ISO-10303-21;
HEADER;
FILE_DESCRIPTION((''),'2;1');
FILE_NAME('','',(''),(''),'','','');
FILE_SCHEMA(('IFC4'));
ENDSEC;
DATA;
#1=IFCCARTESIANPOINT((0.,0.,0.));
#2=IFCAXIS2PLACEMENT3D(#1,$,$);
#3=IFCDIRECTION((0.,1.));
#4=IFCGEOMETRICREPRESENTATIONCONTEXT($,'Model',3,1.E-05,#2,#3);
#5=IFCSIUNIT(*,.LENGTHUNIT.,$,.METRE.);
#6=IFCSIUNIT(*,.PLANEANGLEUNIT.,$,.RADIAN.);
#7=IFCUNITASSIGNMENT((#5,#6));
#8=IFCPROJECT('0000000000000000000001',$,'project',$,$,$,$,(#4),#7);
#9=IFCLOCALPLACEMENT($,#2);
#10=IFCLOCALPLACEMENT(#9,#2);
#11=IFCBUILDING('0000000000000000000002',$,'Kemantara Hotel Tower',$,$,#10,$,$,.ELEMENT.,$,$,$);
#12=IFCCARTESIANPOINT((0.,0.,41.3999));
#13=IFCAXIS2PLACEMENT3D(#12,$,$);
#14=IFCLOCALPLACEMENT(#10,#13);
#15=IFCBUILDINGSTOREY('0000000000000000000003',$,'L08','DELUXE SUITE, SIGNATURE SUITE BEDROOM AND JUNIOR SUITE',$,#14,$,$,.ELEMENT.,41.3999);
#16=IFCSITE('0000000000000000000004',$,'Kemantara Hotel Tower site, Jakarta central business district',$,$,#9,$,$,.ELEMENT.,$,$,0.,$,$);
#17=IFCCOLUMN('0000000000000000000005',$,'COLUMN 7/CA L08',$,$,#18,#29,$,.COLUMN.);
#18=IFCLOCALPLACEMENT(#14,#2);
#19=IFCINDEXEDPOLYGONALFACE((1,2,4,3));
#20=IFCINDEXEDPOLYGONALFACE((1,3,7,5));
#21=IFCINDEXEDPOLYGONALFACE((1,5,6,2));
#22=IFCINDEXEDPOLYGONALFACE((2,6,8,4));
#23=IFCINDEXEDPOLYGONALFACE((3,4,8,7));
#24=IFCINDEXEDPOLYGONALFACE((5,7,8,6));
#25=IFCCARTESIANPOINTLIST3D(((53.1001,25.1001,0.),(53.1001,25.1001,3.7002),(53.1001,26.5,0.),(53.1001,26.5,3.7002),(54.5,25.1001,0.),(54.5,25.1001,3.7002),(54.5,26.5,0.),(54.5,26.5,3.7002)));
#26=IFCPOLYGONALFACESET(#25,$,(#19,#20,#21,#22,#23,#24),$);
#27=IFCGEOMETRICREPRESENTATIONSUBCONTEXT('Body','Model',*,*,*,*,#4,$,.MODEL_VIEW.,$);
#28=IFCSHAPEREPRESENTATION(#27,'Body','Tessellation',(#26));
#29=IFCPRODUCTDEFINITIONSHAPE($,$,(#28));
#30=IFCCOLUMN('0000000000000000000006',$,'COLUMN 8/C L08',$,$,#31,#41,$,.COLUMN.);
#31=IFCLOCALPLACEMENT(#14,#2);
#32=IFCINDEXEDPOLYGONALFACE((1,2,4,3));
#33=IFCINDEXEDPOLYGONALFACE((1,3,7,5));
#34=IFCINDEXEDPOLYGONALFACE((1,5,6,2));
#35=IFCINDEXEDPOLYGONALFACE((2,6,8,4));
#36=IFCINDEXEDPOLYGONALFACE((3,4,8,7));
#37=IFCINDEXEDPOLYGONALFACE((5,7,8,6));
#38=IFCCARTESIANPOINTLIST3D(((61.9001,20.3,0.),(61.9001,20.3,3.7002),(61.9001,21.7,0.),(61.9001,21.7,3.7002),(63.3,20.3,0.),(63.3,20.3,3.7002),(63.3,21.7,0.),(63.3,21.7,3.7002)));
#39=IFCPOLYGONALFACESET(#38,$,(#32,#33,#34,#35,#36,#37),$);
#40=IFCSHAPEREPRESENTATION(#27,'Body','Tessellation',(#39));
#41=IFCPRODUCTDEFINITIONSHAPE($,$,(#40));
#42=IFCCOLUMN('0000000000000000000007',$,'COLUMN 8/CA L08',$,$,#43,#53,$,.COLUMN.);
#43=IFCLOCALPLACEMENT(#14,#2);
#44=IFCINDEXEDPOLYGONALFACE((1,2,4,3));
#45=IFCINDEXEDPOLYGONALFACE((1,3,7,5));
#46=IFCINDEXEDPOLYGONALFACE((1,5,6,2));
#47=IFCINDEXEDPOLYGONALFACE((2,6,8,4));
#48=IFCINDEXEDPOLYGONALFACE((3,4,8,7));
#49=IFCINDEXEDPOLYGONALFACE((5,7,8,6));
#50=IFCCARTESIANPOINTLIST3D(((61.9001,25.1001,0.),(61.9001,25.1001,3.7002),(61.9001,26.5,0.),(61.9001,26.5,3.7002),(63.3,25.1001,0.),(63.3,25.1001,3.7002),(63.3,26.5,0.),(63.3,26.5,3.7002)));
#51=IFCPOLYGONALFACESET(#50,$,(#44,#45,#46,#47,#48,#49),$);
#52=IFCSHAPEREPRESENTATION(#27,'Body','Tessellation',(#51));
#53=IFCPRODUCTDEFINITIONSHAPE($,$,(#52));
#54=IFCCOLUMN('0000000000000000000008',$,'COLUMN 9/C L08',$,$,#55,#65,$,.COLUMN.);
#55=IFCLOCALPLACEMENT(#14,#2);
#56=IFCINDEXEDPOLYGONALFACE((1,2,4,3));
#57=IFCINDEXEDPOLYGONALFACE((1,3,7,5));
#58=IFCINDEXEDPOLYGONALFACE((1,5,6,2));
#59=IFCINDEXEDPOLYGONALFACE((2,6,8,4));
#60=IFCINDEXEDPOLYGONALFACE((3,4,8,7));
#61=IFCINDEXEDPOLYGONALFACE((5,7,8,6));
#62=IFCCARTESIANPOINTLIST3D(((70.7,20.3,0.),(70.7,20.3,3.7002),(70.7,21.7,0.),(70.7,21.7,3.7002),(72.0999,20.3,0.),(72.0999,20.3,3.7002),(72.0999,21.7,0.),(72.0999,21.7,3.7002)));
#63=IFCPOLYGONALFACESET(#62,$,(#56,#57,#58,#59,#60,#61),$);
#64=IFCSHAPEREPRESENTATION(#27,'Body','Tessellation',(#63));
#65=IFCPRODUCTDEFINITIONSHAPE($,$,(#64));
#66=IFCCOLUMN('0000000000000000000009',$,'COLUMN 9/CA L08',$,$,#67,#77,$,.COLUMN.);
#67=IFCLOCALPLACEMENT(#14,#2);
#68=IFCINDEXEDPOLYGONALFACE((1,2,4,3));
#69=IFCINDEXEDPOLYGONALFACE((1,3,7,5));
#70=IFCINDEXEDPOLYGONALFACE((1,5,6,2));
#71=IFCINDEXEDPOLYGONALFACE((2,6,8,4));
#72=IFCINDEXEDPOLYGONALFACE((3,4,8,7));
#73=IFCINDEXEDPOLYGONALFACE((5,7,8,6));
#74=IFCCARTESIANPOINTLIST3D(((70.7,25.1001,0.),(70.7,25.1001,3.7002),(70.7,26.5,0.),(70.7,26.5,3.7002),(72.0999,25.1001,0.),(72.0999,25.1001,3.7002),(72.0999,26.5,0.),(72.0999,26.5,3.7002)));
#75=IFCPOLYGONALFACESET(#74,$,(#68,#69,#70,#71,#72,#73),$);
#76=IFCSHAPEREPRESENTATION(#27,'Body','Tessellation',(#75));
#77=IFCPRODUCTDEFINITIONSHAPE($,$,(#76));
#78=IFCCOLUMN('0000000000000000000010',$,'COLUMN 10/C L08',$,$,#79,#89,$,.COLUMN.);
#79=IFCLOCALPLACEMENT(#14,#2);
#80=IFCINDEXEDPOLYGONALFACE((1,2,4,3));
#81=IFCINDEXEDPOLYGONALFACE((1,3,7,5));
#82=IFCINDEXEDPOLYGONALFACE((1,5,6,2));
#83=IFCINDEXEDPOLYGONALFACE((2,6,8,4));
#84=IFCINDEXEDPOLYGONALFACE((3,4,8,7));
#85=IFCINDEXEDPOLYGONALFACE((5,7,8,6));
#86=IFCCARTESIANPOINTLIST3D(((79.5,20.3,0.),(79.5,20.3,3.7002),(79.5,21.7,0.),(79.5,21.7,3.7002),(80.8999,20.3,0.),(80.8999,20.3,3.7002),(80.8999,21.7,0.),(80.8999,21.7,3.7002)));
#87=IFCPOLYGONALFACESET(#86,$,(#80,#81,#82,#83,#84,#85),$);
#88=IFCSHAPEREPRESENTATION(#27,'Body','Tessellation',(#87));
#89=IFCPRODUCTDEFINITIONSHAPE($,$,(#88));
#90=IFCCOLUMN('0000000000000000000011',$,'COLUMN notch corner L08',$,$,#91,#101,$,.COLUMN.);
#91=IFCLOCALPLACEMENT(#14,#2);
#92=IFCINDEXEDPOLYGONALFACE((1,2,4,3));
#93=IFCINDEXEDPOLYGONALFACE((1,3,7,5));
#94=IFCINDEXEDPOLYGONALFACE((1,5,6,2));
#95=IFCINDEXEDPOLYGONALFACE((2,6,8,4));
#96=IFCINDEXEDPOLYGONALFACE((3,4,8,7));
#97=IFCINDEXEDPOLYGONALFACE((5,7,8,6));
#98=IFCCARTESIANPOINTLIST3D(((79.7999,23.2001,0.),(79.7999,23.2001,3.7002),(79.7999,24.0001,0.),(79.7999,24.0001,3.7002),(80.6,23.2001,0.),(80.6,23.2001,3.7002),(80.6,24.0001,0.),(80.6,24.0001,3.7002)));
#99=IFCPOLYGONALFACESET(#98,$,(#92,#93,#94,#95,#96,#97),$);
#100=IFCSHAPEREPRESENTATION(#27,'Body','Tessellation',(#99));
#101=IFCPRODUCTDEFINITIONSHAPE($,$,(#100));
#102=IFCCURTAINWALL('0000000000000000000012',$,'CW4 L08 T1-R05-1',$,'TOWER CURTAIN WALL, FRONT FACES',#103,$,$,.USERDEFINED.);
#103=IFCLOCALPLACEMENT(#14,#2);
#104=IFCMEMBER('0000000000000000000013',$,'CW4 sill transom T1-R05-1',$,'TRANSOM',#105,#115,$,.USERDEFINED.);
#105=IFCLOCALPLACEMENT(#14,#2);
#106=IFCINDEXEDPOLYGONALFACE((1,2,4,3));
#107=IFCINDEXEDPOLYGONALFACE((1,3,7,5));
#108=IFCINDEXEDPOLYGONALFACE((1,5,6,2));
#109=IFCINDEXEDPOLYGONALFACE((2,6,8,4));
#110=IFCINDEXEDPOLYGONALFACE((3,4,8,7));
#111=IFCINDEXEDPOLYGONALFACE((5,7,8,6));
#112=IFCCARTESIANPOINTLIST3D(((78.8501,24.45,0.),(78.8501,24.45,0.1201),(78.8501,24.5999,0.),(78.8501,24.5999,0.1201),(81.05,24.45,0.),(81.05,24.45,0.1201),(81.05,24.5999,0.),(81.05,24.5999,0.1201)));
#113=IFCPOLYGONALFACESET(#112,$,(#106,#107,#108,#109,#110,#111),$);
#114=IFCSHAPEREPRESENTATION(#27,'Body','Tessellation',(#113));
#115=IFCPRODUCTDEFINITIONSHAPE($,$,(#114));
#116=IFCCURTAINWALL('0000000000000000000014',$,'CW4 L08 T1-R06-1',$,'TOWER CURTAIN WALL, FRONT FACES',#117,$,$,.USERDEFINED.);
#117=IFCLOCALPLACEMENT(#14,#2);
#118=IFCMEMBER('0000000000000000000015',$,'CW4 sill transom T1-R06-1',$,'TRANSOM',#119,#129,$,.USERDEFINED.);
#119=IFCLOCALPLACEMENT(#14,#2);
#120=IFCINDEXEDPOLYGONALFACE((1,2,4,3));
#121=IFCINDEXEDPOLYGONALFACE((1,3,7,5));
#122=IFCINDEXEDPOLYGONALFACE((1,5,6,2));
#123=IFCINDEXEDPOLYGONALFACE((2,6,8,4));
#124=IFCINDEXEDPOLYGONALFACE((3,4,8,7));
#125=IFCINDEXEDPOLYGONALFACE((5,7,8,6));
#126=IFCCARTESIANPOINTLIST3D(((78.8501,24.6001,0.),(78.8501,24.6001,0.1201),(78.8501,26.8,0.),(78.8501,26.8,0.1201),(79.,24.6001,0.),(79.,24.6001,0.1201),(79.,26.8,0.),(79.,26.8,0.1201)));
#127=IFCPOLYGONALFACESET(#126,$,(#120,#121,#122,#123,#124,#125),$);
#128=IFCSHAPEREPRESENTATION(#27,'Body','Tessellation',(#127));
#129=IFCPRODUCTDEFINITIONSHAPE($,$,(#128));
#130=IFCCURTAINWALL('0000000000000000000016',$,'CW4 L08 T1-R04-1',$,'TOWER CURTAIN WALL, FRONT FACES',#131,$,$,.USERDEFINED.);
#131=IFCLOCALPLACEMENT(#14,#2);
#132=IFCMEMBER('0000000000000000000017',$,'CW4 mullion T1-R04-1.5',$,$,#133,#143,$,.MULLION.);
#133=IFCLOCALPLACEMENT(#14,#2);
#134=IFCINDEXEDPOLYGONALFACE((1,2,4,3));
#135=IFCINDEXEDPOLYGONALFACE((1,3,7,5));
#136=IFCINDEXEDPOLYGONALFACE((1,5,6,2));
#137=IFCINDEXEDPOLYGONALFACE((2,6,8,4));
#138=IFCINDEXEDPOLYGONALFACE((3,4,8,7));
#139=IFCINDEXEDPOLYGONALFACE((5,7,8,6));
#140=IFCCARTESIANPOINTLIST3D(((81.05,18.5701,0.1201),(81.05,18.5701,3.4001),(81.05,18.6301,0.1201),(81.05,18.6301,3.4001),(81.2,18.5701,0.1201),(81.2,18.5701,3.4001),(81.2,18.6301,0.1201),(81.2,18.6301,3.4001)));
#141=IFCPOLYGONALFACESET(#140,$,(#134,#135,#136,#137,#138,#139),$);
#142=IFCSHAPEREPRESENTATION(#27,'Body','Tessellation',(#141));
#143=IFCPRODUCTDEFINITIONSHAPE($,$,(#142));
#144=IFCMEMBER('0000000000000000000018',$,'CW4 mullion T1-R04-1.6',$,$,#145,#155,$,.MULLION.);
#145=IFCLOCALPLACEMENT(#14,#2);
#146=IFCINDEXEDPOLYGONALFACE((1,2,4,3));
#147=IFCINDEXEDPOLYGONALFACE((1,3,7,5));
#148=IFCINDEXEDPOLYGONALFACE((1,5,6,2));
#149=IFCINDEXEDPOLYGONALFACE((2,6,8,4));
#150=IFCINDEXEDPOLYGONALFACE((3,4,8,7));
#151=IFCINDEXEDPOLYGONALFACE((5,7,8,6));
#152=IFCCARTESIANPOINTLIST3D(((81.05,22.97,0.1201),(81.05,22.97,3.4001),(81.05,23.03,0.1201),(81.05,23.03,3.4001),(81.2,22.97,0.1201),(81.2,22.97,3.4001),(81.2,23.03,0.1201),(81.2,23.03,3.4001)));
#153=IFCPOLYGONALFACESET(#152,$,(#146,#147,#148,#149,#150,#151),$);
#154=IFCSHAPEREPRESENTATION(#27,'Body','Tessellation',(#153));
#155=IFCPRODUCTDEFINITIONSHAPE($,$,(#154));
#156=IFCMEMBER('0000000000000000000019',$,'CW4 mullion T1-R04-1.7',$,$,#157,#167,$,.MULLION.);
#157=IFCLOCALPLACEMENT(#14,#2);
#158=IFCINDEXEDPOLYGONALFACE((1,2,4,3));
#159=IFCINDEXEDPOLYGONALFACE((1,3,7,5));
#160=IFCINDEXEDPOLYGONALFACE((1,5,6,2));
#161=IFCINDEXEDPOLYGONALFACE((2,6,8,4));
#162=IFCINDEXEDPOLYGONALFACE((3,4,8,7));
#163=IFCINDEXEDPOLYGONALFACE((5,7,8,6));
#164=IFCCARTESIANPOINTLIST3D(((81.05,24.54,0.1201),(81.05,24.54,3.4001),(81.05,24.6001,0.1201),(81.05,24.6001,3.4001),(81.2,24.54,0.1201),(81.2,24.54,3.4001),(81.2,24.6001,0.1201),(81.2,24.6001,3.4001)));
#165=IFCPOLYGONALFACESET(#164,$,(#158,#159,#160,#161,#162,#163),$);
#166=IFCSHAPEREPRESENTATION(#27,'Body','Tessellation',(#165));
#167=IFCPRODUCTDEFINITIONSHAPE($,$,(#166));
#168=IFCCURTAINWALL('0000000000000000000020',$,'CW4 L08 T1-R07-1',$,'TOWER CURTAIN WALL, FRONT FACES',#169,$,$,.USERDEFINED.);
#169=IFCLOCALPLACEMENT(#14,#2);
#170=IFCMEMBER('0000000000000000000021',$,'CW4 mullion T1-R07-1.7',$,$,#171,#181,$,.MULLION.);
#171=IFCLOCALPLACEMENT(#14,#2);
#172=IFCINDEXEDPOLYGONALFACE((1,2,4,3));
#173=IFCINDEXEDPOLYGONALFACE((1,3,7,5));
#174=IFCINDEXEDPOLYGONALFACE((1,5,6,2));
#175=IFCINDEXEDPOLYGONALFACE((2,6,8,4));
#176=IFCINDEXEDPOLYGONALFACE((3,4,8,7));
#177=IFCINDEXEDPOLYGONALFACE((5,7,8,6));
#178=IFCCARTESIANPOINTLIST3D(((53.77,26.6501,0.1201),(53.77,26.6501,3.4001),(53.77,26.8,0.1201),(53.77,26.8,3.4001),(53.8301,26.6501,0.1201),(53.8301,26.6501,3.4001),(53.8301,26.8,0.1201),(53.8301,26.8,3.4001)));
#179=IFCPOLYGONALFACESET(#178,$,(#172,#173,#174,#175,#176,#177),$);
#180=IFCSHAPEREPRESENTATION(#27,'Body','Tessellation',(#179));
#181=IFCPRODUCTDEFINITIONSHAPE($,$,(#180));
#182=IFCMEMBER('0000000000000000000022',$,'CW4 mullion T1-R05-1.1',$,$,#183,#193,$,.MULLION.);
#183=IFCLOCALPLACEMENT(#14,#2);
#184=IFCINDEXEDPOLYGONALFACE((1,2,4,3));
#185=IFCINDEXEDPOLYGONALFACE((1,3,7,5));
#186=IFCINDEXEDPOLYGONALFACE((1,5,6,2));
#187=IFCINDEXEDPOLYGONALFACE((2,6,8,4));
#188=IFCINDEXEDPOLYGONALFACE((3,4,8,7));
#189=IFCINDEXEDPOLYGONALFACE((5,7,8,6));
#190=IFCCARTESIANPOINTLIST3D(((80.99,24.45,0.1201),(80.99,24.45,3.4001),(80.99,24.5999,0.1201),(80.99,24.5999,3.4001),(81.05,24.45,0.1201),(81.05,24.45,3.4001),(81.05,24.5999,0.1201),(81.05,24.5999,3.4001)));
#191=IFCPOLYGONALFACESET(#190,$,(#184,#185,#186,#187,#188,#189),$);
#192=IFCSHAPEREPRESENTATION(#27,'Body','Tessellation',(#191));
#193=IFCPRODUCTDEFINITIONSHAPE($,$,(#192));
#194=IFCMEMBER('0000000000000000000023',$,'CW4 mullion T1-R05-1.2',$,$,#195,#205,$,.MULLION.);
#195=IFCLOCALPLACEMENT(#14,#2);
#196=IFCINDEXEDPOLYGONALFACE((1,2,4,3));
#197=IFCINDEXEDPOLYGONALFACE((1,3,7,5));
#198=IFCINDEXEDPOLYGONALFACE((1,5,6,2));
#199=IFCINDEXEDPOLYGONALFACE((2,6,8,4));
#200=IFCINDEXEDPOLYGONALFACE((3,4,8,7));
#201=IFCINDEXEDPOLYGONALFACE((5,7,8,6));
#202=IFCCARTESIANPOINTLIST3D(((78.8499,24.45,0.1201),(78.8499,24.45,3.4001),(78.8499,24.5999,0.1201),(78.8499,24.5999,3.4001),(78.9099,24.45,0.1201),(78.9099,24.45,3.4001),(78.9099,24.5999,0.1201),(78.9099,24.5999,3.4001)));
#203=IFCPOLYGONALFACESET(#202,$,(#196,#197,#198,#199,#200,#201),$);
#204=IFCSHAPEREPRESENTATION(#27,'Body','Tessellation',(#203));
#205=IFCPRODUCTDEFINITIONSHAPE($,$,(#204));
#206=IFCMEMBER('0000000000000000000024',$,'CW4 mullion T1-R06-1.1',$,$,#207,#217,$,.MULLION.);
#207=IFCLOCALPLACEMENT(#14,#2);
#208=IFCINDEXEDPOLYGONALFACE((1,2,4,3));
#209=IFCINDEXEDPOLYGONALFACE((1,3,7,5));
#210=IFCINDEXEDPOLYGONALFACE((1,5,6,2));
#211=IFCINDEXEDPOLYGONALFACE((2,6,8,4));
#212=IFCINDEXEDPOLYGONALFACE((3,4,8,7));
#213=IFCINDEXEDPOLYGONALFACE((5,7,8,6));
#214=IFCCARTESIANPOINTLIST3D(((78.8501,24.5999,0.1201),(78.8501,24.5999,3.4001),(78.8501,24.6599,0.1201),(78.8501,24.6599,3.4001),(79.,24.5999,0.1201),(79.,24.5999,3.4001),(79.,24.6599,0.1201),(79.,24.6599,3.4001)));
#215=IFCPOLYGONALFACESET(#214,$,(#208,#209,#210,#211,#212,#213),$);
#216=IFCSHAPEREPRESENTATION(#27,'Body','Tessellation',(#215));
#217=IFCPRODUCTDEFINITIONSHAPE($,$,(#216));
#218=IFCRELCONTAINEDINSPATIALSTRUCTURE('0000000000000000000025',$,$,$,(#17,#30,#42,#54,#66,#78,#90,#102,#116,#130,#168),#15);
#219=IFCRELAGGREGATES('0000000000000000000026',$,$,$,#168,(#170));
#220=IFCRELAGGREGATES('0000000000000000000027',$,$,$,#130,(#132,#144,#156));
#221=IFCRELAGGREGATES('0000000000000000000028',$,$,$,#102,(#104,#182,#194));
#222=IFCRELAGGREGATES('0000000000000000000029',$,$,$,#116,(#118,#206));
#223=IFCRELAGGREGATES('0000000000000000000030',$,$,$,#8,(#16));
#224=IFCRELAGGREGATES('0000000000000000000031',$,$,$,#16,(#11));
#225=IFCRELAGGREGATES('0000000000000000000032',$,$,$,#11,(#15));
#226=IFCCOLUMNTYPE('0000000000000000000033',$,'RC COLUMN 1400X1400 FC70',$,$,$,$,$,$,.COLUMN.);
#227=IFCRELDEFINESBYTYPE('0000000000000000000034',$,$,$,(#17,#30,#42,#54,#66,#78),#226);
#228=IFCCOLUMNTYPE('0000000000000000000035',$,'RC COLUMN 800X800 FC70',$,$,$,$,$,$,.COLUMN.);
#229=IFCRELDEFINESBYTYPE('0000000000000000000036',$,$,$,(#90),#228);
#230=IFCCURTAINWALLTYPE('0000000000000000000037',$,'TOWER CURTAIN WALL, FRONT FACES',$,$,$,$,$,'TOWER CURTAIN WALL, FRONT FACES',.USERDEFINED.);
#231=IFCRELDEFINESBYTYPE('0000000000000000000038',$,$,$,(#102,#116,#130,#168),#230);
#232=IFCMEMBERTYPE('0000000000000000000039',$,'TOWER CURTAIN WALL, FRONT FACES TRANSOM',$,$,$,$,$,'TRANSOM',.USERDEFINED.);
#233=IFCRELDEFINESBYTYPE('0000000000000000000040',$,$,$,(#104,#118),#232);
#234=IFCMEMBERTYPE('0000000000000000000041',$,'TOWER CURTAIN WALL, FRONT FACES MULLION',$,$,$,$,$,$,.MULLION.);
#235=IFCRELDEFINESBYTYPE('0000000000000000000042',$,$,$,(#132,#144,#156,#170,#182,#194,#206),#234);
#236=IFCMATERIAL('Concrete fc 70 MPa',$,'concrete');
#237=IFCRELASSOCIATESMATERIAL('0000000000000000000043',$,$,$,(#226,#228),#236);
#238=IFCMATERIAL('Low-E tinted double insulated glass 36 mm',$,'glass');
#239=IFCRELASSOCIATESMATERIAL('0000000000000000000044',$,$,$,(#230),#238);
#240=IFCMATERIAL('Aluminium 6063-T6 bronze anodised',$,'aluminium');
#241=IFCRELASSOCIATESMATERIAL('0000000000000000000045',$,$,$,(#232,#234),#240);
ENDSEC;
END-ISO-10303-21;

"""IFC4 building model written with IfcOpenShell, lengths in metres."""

from ifc_helpers import new_model, si_unit, direction, frame, origin, origin_2d, place, context, subcontext, project, spatial, rectangle, extrude, source, transform, mapped, material, material_profile, profile_set, type_object, element, aggregate, save


model = new_model("IFC4")

# Units and contexts
model_context = context("Model", 3, precision=1e-05, world=origin(), true_north=direction((0.0, 1.0)))
body_context = subcontext(model_context, "Body", "Model", "MODEL_VIEW")
ifc_project = project(units=[si_unit("LENGTHUNIT", "METRE"), si_unit("PLANEANGLEUNIT", "RADIAN")], contexts=[model_context])

# Site, building, storey
site_placement = place(None, origin())
site = spatial("IfcSite", under=ifc_project, at=site_placement, Name="Kemantara Hotel Tower site, Jakarta central business district", CompositionType="ELEMENT", RefElevation=0.0)
building_placement = place(site_placement, origin())
building = spatial("IfcBuilding", under=site, at=building_placement, Name="Kemantara Hotel Tower", CompositionType="ELEMENT")
storey_placement = place(building_placement, frame((0.0, 0.0, 41.3999)))
storey = spatial("IfcBuildingStorey", under=building, at=storey_placement, Name="L08", Description="DELUXE SUITE, SIGNATURE SUITE BEDROOM AND JUNIOR SUITE", CompositionType="ELEMENT", Elevation=41.3999)

# Columns
ifc_material_1 = material(Name="Concrete fc 70 MPa", Category="concrete")
ifc_material_profile_1 = material_profile(ifc_material_1, rectangle(XDim=1.3999, YDim=1.3999, at=origin_2d()), Name="RC 1400X1400")
ifc_profile_set_1 = profile_set([ifc_material_profile_1], Name="Concrete fc 70 MPa")
column_type_1 = type_object("IfcColumnType", Name="RC COLUMN 1400X1400 FC70", PredefinedType="COLUMN", material=ifc_profile_set_1)
for number, where, z_axis, x_axis, name in (
    (1, (53.8, 25.8, 0.0), (0.0, 0.0, 1.0), (1.0, 0.0, 0.0), "COLUMN 7/CA L08"),
    (2, (62.6001, 21.0, 0.0), (0.0, 0.0, 1.0), (1.0, 0.0, 0.0), "COLUMN 8/C L08"),
    (3, (62.6001, 25.8, 0.0), (0.0, 0.0, 1.0), (1.0, 0.0, 0.0), "COLUMN 8/CA L08"),
    (4, (71.3999, 21.0, 0.0), (0.0, 0.0, 1.0), (1.0, 0.0, 0.0), "COLUMN 9/C L08"),
    (5, (71.3999, 25.8, 0.0), (0.0, 0.0, 1.0), (1.0, 0.0, 0.0), "COLUMN 9/CA L08"),
    (6, (80.2, 21.0, 0.0), (0.0, 0.0, 1.0), (1.0, 0.0, 0.0), "COLUMN 10/C L08"),
):
    element("IfcColumn", number, at=place(storey_placement, frame(where, z_axis=z_axis, x_axis=x_axis)), inside=storey, type_object=column_type_1, Name=name, PredefinedType="COLUMN", context=body_context, shape_type="SweptSolid", body=[
        extrude(rectangle(XDim=1.3999, YDim=1.3999, at=origin_2d()), origin(), (0.0, 0.0, 1.0), 3.7002),
    ])
ifc_material_profile_2 = material_profile(ifc_material_1, rectangle(XDim=0.8, YDim=0.8, at=origin_2d()), Name="RC 800X800")
ifc_profile_set_2 = profile_set([ifc_material_profile_2], Name="Concrete fc 70 MPa")
column_type_2 = type_object("IfcColumnType", Name="RC COLUMN 800X800 FC70", PredefinedType="COLUMN", material=ifc_profile_set_2)
column_placement = place(storey_placement, frame((80.2, 23.6001, 0.0), z_axis=(0.0, 0.0, 1.0), x_axis=(1.0, 0.0, 0.0)))
element("IfcColumn", 7, at=column_placement, inside=storey, type_object=column_type_2, Name="COLUMN notch corner L08", PredefinedType="COLUMN", context=body_context, shape_type="SweptSolid", body=[
    extrude(rectangle(XDim=0.8, YDim=0.8, at=origin_2d()), origin(), (0.0, 0.0, 1.0), 3.7002),
])

# Curtain walls, members
ifc_material_2 = material(Name="Low-E tinted double insulated glass 36 mm", Category="glass")
curtain_wall_type = type_object("IfcCurtainWallType", Name="TOWER CURTAIN WALL, FRONT FACES", ElementType="TOWER CURTAIN WALL, FRONT FACES", PredefinedType="USERDEFINED", material=ifc_material_2)
curtain_wall_1_placement = place(storey_placement, origin())
curtain_wall_1 = element("IfcCurtainWall", 8, at=curtain_wall_1_placement, inside=storey, type_object=curtain_wall_type, Name="CW4 L08 T1-R05-1", ObjectType="TOWER CURTAIN WALL, FRONT FACES", PredefinedType="USERDEFINED")
ifc_material_3 = material(Name="Aluminium 6063-T6 bronze anodised", Category="aluminium")
ifc_material_profile_3 = material_profile(ifc_material_3, rectangle(XDim=0.1499, YDim=0.1201, at=origin_2d()), Name="TOWER CURTAIN WALL, FRONT FACES TRANSOM")
ifc_profile_set_3 = profile_set([ifc_material_profile_3], Name="Aluminium 6063-T6 bronze anodised")
member_type_1 = type_object("IfcMemberType", Name="TOWER CURTAIN WALL, FRONT FACES TRANSOM", ElementType="TRANSOM", PredefinedType="USERDEFINED", material=ifc_profile_set_3)
member_1_placement = place(storey_placement, frame((81.05, 24.5249, 0.0601), z_axis=(-1.0, 0.0, 0.0), x_axis=(0.0, -1.0, 0.0)))
member_1 = element("IfcMember", 9, at=member_1_placement, type_object=member_type_1, Name="CW4 sill transom T1-R05-1", ObjectType="TRANSOM", PredefinedType="USERDEFINED", context=body_context, shape_type="SweptSolid", body=[
    extrude(rectangle(XDim=0.1499, YDim=0.1201, at=origin_2d()), origin(), (0.0, 0.0, 1.0), 2.2),
])
curtain_wall_2_placement = place(storey_placement, origin())
curtain_wall_2 = element("IfcCurtainWall", 10, at=curtain_wall_2_placement, inside=storey, type_object=curtain_wall_type, Name="CW4 L08 T1-R06-1", ObjectType="TOWER CURTAIN WALL, FRONT FACES", PredefinedType="USERDEFINED")
member_2_placement = place(storey_placement, frame((78.925, 24.6001, 0.0601), z_axis=(0.0, 1.0, 0.0), x_axis=(-1.0, 0.0, 0.0)))
member_2 = element("IfcMember", 11, at=member_2_placement, type_object=member_type_1, Name="CW4 sill transom T1-R06-1", ObjectType="TRANSOM", PredefinedType="USERDEFINED", context=body_context, shape_type="SweptSolid", body=[
    extrude(rectangle(XDim=0.1499, YDim=0.1201, at=origin_2d()), origin(), (0.0, 0.0, 1.0), 2.2),
])

# Curtain wall, members
curtain_wall_3_placement = place(storey_placement, origin())
curtain_wall_3 = element("IfcCurtainWall", 12, at=curtain_wall_3_placement, inside=storey, type_object=curtain_wall_type, Name="CW4 L08 T1-R04-1", ObjectType="TOWER CURTAIN WALL, FRONT FACES", PredefinedType="USERDEFINED")
ifc_material_profile_4 = material_profile(ifc_material_3, rectangle(XDim=0.1499, YDim=0.0601, at=origin_2d()), Name="TOWER CURTAIN WALL, FRONT FACES MULLION")
ifc_profile_set_4 = profile_set([ifc_material_profile_4], Name="Aluminium 6063-T6 bronze anodised")
member_type_2 = type_object("IfcMemberType", Name="TOWER CURTAIN WALL, FRONT FACES MULLION", PredefinedType="MULLION", material=ifc_profile_set_4)
shared_shape_1 = source(origin(), body_context, "Body", "SweptSolid", [
    extrude(rectangle(XDim=0.1499, YDim=0.0601, at=origin_2d()), origin(), (0.0, 0.0, 1.0), 3.28),
])
member_3_placement = place(storey_placement, frame((81.125, 18.6001, 0.1201), z_axis=(0.0, 0.0, 1.0), x_axis=(-1.0, 0.0, 0.0)))
member_3 = element("IfcMember", 13, at=member_3_placement, type_object=member_type_2, Name="CW4 mullion T1-R04-1.5", PredefinedType="MULLION", context=body_context, shape_type="MappedRepresentation", body=[
    mapped(shared_shape_1, transform((0.0, 0.0, 0.0))),
])
member_4_placement = place(storey_placement, frame((81.125, 23.0, 0.1201), z_axis=(0.0, 0.0, 1.0), x_axis=(-1.0, 0.0, 0.0)))
member_4 = element("IfcMember", 14, at=member_4_placement, type_object=member_type_2, Name="CW4 mullion T1-R04-1.6", PredefinedType="MULLION", context=body_context, shape_type="MappedRepresentation", body=[
    mapped(shared_shape_1, transform((0.0, 0.0, 0.0))),
])
member_5_placement = place(storey_placement, frame((81.125, 24.5701, 0.1201), z_axis=(0.0, 0.0, 1.0), x_axis=(-1.0, 0.0, 0.0)))
member_5 = element("IfcMember", 15, at=member_5_placement, type_object=member_type_2, Name="CW4 mullion T1-R04-1.7", PredefinedType="MULLION", context=body_context, shape_type="MappedRepresentation", body=[
    mapped(shared_shape_1, transform((0.0, 0.0, 0.0))),
])

# Curtain wall, member
curtain_wall_4_placement = place(storey_placement, origin())
curtain_wall_4 = element("IfcCurtainWall", 16, at=curtain_wall_4_placement, inside=storey, type_object=curtain_wall_type, Name="CW4 L08 T1-R07-1", ObjectType="TOWER CURTAIN WALL, FRONT FACES", PredefinedType="USERDEFINED")
member_6_placement = place(storey_placement, frame((53.8, 26.7251, 0.1201), z_axis=(0.0, 0.0, 1.0), x_axis=(0.0, -1.0, 0.0)))
member_6 = element("IfcMember", 17, at=member_6_placement, type_object=member_type_2, Name="CW4 mullion T1-R07-1.7", PredefinedType="MULLION", context=body_context, shape_type="MappedRepresentation", body=[
    mapped(shared_shape_1, transform((0.0, 0.0, 0.0))),
])

# Members
member_7_placement = place(storey_placement, frame((81.02, 24.5249, 0.1201), z_axis=(0.0, 0.0, 1.0), x_axis=(0.0, -1.0, 0.0)))
member_7 = element("IfcMember", 18, at=member_7_placement, type_object=member_type_2, Name="CW4 mullion T1-R05-1.1", PredefinedType="MULLION", context=body_context, shape_type="MappedRepresentation", body=[
    mapped(shared_shape_1, transform((0.0, 0.0, 0.0))),
])
member_8_placement = place(storey_placement, frame((78.8799, 24.5249, 0.1201), z_axis=(0.0, 0.0, 1.0), x_axis=(0.0, -1.0, 0.0)))
member_8 = element("IfcMember", 19, at=member_8_placement, type_object=member_type_2, Name="CW4 mullion T1-R05-1.2", PredefinedType="MULLION", context=body_context, shape_type="MappedRepresentation", body=[
    mapped(shared_shape_1, transform((0.0, 0.0, 0.0))),
])
member_9_placement = place(storey_placement, frame((78.925, 24.6299, 0.1201), z_axis=(0.0, 0.0, 1.0), x_axis=(-1.0, 0.0, 0.0)))
member_9 = element("IfcMember", 20, at=member_9_placement, type_object=member_type_2, Name="CW4 mullion T1-R06-1.1", PredefinedType="MULLION", context=body_context, shape_type="MappedRepresentation", body=[
    mapped(shared_shape_1, transform((0.0, 0.0, 0.0))),
])

aggregate(curtain_wall_4, [member_6])
aggregate(curtain_wall_3, [member_3, member_4, member_5])
aggregate(curtain_wall_1, [member_1, member_7, member_8])
aggregate(curtain_wall_2, [member_2, member_9])

save(model, "model.ifc")
